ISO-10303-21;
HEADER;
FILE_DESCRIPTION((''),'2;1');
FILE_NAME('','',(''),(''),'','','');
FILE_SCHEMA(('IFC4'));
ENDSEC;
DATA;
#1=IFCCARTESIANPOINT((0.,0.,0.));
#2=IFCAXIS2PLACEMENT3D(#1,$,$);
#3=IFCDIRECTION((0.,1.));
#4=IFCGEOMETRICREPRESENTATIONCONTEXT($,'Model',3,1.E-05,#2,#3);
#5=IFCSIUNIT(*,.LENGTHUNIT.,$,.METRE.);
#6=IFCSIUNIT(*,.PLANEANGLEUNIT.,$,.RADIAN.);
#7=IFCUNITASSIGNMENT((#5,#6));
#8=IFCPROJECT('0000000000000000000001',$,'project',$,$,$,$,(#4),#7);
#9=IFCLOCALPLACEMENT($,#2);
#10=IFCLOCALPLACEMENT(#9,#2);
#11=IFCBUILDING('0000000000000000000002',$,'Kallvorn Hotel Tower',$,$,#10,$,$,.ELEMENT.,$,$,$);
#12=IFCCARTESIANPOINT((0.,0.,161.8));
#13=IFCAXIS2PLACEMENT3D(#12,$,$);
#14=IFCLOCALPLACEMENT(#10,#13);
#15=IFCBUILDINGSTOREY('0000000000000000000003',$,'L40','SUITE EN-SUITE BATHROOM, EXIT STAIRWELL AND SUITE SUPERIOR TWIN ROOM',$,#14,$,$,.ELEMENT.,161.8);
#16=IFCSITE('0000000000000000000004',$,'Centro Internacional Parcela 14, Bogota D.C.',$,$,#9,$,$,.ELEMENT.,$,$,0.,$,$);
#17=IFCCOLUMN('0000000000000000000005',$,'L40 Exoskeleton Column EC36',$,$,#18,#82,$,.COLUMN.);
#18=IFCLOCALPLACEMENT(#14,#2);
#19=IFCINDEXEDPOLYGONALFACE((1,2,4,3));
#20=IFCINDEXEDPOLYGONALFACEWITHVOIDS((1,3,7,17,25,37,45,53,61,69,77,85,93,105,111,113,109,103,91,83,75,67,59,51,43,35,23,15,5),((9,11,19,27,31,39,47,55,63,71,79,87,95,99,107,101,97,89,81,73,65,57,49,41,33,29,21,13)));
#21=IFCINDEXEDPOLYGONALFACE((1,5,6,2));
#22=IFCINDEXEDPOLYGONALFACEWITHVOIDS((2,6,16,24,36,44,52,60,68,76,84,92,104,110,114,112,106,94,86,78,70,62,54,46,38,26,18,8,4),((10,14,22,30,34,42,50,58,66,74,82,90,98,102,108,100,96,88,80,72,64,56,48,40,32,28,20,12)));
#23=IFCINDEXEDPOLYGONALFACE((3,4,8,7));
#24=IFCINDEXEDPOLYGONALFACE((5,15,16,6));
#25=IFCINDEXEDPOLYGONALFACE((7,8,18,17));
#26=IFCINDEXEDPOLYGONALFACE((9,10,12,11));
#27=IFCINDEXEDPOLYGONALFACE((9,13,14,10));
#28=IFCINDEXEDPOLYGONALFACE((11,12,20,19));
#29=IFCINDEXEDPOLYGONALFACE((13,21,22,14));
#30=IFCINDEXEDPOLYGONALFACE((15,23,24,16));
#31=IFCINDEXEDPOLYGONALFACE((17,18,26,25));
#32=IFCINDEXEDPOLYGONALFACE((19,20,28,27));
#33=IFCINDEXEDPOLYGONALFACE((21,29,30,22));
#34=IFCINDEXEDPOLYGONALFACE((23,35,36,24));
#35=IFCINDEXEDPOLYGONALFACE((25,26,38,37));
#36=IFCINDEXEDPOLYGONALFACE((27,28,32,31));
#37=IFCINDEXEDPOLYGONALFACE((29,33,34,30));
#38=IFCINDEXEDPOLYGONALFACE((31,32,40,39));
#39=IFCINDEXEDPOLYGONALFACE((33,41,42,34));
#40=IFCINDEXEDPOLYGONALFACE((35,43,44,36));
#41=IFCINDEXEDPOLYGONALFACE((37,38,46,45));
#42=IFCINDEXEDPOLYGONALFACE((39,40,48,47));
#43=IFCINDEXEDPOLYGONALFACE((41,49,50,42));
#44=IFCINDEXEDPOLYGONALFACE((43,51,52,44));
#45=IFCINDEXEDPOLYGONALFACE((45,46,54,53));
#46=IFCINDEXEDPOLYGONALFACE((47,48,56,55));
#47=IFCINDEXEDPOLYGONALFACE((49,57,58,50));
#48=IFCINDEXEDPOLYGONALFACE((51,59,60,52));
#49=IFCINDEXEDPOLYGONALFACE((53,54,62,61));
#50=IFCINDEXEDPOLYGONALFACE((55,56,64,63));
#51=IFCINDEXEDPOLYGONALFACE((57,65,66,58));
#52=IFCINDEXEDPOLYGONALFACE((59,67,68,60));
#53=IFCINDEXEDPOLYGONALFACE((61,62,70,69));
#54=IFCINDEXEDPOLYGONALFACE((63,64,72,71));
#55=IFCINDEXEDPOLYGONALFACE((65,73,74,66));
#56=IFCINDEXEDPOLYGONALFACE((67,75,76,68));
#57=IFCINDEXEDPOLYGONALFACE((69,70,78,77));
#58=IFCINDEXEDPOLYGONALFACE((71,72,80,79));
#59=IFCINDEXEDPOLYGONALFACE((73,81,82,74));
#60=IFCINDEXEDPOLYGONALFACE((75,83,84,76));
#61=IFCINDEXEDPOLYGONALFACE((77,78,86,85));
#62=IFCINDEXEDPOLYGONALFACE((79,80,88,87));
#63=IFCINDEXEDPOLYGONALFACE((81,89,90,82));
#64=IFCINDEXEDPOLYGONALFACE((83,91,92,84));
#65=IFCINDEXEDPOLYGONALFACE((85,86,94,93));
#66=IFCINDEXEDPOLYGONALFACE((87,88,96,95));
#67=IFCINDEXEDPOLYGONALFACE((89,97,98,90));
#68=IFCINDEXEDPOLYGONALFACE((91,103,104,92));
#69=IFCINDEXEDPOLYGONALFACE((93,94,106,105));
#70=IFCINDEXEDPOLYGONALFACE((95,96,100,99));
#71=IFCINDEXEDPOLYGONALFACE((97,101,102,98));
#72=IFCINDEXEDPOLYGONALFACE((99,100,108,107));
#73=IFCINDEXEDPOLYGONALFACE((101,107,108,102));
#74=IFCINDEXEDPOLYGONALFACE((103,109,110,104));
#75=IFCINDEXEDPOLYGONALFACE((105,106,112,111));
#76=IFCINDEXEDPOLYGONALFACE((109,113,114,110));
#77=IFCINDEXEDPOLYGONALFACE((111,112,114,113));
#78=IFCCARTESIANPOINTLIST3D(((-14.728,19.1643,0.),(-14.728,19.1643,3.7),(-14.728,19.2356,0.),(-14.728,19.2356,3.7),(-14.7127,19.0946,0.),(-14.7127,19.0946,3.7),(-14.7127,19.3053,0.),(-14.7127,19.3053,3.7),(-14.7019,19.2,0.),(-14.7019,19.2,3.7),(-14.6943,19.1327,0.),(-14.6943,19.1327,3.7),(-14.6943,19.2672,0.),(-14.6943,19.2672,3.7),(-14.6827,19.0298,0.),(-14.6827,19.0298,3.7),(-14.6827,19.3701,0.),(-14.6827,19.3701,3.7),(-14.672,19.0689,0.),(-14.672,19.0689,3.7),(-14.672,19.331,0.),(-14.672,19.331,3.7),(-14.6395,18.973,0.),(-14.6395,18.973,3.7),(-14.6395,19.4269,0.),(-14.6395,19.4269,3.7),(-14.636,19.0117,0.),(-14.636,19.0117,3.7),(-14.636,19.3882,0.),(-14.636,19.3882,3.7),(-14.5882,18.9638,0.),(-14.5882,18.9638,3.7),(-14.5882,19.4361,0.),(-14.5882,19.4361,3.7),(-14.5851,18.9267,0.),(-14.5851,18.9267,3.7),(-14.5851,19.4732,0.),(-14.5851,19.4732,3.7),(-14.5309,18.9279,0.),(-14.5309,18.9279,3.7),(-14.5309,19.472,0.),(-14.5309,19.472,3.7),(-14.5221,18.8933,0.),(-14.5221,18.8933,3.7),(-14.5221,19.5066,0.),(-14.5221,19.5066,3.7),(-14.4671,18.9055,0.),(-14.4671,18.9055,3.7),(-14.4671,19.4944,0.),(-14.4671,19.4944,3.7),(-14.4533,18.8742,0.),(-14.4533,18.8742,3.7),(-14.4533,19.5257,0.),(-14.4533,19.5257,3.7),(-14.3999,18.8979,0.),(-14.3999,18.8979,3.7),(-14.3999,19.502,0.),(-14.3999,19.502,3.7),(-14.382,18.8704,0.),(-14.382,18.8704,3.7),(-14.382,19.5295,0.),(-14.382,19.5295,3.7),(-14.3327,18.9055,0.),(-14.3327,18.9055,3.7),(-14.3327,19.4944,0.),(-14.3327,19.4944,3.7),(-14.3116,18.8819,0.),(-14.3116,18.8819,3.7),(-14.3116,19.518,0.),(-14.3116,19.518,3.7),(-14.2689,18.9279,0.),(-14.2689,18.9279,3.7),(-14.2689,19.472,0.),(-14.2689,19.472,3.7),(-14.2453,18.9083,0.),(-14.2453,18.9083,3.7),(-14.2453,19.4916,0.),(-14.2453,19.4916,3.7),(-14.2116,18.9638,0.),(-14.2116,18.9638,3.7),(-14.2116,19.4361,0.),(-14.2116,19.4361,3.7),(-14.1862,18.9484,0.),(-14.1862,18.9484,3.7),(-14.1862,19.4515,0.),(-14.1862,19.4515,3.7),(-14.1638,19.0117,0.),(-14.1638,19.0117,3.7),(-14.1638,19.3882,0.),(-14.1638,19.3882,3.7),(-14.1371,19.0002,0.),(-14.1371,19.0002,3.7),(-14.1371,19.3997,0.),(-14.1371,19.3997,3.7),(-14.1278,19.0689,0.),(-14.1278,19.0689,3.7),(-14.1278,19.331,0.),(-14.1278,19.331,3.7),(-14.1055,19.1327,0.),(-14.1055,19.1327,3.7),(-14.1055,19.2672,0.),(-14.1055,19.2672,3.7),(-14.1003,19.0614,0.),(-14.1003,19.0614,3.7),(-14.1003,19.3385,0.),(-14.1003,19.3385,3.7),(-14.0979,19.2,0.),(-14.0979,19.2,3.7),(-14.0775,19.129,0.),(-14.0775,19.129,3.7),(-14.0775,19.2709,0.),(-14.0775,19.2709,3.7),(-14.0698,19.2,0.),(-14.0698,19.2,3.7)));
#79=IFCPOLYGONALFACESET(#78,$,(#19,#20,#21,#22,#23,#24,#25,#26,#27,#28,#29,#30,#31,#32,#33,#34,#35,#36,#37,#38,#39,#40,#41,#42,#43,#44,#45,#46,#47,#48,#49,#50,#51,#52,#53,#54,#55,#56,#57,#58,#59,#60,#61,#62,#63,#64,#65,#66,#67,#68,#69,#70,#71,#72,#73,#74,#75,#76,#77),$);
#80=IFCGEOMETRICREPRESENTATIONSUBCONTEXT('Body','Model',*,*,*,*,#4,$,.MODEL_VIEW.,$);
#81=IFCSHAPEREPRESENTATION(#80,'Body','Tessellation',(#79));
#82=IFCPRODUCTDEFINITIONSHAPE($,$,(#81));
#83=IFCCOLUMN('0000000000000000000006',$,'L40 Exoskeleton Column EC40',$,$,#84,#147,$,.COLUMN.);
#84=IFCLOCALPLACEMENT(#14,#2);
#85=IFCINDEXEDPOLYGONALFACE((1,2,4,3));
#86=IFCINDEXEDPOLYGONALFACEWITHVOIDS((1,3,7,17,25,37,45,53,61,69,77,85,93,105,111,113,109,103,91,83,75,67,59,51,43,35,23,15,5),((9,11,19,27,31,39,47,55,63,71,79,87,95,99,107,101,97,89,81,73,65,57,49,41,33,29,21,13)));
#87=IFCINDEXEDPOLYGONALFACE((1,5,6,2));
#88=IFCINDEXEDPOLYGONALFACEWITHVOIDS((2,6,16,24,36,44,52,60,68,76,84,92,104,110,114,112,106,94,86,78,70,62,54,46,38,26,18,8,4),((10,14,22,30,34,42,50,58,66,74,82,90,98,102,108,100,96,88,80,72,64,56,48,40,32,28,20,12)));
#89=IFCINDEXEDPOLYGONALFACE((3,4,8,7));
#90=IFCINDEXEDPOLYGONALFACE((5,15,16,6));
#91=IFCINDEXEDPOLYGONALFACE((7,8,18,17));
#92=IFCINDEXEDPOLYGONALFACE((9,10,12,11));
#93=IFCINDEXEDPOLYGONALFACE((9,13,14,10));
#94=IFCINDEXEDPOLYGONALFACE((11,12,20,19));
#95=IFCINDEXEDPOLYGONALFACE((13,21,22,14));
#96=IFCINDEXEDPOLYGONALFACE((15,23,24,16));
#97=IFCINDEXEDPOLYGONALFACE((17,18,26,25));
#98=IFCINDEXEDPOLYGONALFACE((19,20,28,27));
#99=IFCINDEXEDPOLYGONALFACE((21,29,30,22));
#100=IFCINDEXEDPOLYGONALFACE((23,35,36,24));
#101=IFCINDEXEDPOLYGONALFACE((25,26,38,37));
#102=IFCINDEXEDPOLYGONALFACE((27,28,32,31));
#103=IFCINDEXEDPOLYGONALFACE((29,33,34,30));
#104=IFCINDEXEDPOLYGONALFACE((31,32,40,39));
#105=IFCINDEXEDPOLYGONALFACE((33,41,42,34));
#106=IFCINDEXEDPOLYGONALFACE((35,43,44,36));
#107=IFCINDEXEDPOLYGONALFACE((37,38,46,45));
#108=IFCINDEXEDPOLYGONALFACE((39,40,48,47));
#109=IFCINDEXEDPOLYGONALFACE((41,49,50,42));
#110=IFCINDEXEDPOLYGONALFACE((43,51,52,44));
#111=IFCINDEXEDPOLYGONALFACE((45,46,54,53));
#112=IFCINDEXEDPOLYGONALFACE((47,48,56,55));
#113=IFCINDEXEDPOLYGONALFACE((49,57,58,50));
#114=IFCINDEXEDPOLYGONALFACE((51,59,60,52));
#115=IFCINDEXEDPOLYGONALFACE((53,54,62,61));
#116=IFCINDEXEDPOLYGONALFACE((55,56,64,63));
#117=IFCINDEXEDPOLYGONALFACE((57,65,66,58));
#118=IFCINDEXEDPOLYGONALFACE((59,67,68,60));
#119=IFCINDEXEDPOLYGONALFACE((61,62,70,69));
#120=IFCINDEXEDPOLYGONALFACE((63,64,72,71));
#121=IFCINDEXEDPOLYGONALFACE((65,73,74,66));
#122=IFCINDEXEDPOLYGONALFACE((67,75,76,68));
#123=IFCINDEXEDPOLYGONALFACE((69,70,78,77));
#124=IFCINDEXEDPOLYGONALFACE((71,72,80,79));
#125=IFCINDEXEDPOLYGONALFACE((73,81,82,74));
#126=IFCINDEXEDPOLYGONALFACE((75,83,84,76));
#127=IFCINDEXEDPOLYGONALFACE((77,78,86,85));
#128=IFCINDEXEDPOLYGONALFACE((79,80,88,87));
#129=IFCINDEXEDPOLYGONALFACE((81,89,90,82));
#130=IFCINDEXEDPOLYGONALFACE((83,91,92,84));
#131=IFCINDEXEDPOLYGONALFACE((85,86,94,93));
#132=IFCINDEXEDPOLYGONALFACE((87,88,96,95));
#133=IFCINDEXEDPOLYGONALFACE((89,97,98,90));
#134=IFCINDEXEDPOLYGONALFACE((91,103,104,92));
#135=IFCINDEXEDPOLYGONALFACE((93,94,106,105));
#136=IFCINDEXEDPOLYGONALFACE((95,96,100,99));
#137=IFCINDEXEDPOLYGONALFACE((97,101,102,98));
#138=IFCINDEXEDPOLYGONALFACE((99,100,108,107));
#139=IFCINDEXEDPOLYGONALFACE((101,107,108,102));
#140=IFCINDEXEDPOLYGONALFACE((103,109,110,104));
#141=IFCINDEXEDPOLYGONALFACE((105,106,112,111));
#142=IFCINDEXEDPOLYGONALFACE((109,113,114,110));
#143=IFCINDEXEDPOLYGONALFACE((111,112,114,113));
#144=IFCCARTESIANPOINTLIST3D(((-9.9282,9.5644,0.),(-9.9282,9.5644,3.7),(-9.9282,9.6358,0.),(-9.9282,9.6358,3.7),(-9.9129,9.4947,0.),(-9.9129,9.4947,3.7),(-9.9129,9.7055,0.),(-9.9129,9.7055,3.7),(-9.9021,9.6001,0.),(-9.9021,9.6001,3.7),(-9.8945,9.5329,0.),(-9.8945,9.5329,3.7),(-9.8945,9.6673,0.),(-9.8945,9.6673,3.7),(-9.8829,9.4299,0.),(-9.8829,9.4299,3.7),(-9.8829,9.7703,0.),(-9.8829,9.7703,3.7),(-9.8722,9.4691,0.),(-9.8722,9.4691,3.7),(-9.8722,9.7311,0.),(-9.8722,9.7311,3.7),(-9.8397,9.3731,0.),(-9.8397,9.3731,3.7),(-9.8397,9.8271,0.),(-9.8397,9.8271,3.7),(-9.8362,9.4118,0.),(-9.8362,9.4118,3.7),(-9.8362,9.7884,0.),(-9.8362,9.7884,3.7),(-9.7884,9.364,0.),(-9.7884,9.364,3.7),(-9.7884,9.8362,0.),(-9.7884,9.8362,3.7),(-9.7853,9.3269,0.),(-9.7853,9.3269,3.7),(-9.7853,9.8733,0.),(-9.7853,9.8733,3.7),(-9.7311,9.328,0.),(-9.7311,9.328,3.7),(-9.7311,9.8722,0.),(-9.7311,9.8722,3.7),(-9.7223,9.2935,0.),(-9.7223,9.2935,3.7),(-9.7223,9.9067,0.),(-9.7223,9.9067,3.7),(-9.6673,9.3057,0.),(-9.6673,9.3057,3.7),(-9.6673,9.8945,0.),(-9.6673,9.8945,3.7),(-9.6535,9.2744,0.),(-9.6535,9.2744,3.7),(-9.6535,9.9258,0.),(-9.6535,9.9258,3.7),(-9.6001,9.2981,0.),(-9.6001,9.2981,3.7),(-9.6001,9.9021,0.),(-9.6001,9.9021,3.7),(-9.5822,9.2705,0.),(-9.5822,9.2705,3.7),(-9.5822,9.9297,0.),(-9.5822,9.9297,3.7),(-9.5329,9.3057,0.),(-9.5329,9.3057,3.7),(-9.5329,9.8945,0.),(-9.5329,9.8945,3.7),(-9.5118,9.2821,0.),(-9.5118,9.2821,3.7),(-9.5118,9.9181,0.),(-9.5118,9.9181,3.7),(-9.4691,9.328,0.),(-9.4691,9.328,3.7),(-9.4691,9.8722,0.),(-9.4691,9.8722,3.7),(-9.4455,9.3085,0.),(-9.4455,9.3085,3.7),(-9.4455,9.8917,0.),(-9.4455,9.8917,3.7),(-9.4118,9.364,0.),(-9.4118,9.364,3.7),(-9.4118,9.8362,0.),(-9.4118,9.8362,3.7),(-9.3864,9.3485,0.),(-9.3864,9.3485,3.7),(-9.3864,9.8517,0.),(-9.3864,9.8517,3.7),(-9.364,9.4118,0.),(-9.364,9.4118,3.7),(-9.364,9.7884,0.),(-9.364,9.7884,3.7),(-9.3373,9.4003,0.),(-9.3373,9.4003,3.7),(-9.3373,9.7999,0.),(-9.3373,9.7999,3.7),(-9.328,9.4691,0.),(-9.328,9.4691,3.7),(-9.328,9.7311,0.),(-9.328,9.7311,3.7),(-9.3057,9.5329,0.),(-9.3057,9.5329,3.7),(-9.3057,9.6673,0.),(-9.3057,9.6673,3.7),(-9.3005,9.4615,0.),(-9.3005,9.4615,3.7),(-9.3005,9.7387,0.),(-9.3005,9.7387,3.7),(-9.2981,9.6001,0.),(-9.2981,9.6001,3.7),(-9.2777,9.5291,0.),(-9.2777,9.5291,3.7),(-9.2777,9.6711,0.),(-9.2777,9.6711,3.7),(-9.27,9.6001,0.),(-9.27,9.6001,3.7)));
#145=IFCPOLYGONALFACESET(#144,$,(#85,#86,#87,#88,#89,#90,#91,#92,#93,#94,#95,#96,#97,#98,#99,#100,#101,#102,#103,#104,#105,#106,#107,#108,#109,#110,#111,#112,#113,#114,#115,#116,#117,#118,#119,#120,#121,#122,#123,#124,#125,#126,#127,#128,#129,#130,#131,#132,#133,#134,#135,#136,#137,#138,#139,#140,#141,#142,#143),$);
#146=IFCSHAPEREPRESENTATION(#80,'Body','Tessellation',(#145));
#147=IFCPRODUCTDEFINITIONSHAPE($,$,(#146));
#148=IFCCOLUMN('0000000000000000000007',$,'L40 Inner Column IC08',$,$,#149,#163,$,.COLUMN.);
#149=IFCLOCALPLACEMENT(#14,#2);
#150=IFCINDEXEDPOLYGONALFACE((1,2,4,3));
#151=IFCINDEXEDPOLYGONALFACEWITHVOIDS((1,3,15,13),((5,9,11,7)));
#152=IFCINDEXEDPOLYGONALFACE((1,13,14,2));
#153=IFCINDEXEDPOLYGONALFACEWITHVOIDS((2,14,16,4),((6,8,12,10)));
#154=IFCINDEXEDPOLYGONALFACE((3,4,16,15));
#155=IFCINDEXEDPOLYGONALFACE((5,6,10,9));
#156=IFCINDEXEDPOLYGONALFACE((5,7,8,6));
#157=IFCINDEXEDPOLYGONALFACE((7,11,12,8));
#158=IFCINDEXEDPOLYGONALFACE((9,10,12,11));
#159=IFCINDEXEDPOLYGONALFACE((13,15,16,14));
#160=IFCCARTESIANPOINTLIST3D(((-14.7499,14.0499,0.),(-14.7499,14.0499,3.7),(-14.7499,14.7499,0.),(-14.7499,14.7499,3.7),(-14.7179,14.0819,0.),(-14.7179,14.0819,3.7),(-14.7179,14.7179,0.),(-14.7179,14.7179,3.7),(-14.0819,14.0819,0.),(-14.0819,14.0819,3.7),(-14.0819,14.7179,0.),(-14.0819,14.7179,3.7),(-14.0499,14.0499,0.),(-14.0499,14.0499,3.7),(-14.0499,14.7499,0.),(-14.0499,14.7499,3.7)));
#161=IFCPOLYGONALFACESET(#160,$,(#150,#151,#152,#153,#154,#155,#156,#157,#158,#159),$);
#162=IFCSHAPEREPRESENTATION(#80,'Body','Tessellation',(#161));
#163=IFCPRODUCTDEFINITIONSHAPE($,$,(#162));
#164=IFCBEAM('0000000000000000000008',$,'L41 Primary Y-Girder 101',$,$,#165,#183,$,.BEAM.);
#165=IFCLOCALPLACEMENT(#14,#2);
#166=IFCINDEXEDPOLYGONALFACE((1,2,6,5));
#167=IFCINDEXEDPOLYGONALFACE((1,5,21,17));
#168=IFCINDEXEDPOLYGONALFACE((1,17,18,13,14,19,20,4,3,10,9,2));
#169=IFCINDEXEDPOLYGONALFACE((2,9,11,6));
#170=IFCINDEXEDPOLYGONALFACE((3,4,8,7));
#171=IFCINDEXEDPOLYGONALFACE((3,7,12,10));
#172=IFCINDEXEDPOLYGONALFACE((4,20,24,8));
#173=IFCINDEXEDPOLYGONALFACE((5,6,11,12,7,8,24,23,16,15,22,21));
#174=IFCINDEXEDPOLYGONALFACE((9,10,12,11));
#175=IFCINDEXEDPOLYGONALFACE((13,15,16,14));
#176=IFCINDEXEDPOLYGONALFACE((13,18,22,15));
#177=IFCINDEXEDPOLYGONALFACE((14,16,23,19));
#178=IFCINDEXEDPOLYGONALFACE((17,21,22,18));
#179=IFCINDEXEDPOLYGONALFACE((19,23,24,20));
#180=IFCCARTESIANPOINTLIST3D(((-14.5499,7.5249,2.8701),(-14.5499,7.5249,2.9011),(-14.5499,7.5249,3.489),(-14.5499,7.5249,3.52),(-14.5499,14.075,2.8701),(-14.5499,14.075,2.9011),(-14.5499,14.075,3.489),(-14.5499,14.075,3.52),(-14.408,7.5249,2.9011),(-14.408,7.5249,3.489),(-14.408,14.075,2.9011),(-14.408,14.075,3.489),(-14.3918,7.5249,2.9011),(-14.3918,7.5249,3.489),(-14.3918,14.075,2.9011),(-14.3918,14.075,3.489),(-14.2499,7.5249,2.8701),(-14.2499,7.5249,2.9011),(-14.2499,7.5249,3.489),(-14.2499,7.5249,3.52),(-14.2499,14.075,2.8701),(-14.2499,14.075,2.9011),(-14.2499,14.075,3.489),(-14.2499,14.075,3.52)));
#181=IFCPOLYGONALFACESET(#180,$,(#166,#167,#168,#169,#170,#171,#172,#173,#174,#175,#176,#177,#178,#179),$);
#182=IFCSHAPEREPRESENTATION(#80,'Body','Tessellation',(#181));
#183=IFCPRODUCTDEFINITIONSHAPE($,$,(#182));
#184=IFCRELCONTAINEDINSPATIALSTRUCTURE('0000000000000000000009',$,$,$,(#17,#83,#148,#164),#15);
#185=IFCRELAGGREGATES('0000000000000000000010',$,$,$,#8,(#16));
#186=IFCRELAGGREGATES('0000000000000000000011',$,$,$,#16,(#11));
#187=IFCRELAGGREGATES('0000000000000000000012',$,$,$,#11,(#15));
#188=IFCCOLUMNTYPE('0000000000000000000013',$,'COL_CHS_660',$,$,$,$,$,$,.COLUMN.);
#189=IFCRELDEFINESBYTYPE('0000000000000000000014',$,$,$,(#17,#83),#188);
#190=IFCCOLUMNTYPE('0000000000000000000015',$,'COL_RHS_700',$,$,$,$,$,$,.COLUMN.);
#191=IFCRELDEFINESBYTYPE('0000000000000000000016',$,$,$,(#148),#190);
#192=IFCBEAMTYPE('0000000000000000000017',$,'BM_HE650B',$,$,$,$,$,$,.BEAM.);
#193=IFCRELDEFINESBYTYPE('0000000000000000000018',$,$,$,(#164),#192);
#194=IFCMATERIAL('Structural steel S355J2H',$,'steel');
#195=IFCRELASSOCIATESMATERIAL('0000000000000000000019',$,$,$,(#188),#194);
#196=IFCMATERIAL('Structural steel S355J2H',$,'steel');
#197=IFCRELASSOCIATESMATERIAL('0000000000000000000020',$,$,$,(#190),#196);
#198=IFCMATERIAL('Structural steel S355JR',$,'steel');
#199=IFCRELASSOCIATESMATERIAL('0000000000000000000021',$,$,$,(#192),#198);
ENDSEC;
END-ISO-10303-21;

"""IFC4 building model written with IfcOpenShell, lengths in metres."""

from ifc_helpers import new_model, si_unit, direction, frame, origin, origin_2d, place, context, subcontext, project, spatial, hollow_rectangle, hollow_circle, i_section, extrude, material, material_profile, profile_set, type_object, element, save


model = new_model("IFC4")

# Units and contexts
model_context = context("Model", 3, precision=1e-05, world=origin(), true_north=direction((0.0, 1.0)))
body_context = subcontext(model_context, "Body", "Model", "MODEL_VIEW")
ifc_project = project(units=[si_unit("LENGTHUNIT", "METRE"), si_unit("PLANEANGLEUNIT", "RADIAN")], contexts=[model_context])

# Site, building, storey
site_placement = place(None, origin())
site = spatial("IfcSite", under=ifc_project, at=site_placement, Name="Centro Internacional Parcela 14, Bogota D.C.", CompositionType="ELEMENT", RefElevation=0.0)
building_placement = place(site_placement, origin())
building = spatial("IfcBuilding", under=site, at=building_placement, Name="Kallvorn Hotel Tower", CompositionType="ELEMENT")
storey_placement = place(building_placement, frame((0.0, 0.0, 161.8)))
storey = spatial("IfcBuildingStorey", under=building, at=storey_placement, Name="L40", Description="SUITE EN-SUITE BATHROOM, EXIT STAIRWELL AND SUITE SUPERIOR TWIN ROOM", CompositionType="ELEMENT", Elevation=161.8)

# Columns
ifc_material_1 = material(Name="Structural steel S355J2H", Category="steel")
ifc_material_profile_1 = material_profile(ifc_material_1, hollow_circle(Radius=0.3301, WallThickness=0.0281, at=origin_2d()), Name="CHS 660x28")
ifc_profile_set_1 = profile_set([ifc_material_profile_1], Name="Structural steel S355J2H")
column_type_1 = type_object("IfcColumnType", Name="COL_CHS_660", PredefinedType="COLUMN", material=ifc_profile_set_1)
for number, where, z_axis, x_axis, name in (
    (1, (-14.3999, 19.2, 0.0), (0.0, 0.0, 1.0), (1.0, 0.0, 0.0), "L40 Exoskeleton Column EC36"),
    (2, (-9.6001, 9.6001, 0.0), (0.0, 0.0, 1.0), (1.0, 0.0, 0.0), "L40 Exoskeleton Column EC40"),
):
    element("IfcColumn", number, at=place(storey_placement, frame(where, z_axis=z_axis, x_axis=x_axis)), inside=storey, type_object=column_type_1, Name=name, PredefinedType="COLUMN", context=body_context, shape_type="SweptSolid", body=[
        extrude(hollow_circle(Radius=0.3301, WallThickness=0.0281, at=origin_2d()), origin(), (0.0, 0.0, 1.0), 3.7),
    ])
ifc_material_2 = material(Name="Structural steel S355J2H", Category="steel")
ifc_material_profile_2 = material_profile(ifc_material_2, hollow_rectangle(XDim=0.7, YDim=0.7, WallThickness=0.032, at=origin_2d()), Name="RHS 700x700x32")
ifc_profile_set_2 = profile_set([ifc_material_profile_2], Name="Structural steel S355J2H")
column_type_2 = type_object("IfcColumnType", Name="COL_RHS_700", PredefinedType="COLUMN", material=ifc_profile_set_2)
column_placement = place(storey_placement, frame((-14.3999, 14.3999, 0.0), z_axis=(0.0, 0.0, 1.0), x_axis=(1.0, 0.0, 0.0)))
element("IfcColumn", 3, at=column_placement, inside=storey, type_object=column_type_2, Name="L40 Inner Column IC08", PredefinedType="COLUMN", context=body_context, shape_type="SweptSolid", body=[
    extrude(hollow_rectangle(XDim=0.7, YDim=0.7, WallThickness=0.032, at=origin_2d()), origin(), (0.0, 0.0, 1.0), 3.7),
])

# Beam
ifc_material_3 = material(Name="Structural steel S355JR", Category="steel")
ifc_material_profile_3 = material_profile(ifc_material_3, i_section(OverallWidth=0.3, OverallDepth=0.6499, WebThickness=0.0161, FlangeThickness=0.031, at=origin_2d()), Name="HE 650 B")
ifc_profile_set_3 = profile_set([ifc_material_profile_3], Name="Structural steel S355JR")
beam_type_1 = type_object("IfcBeamType", Name="BM_HE650B", PredefinedType="BEAM", material=ifc_profile_set_3)
beam_1_placement = place(storey_placement, frame((-14.3999, 7.5249, 3.1951), z_axis=(0.0, 1.0, 0.0), x_axis=(-1.0, 0.0, 0.0)))
element("IfcBeam", 4, at=beam_1_placement, inside=storey, type_object=beam_type_1, Name="L41 Primary Y-Girder 101", PredefinedType="BEAM", context=body_context, shape_type="SweptSolid", body=[
    extrude(i_section(OverallWidth=0.3, OverallDepth=0.6499, WebThickness=0.0161, FlangeThickness=0.031, at=origin_2d()), origin(), (0.0, 0.0, 1.0), 6.55),
])

save(model, "model.ifc")
